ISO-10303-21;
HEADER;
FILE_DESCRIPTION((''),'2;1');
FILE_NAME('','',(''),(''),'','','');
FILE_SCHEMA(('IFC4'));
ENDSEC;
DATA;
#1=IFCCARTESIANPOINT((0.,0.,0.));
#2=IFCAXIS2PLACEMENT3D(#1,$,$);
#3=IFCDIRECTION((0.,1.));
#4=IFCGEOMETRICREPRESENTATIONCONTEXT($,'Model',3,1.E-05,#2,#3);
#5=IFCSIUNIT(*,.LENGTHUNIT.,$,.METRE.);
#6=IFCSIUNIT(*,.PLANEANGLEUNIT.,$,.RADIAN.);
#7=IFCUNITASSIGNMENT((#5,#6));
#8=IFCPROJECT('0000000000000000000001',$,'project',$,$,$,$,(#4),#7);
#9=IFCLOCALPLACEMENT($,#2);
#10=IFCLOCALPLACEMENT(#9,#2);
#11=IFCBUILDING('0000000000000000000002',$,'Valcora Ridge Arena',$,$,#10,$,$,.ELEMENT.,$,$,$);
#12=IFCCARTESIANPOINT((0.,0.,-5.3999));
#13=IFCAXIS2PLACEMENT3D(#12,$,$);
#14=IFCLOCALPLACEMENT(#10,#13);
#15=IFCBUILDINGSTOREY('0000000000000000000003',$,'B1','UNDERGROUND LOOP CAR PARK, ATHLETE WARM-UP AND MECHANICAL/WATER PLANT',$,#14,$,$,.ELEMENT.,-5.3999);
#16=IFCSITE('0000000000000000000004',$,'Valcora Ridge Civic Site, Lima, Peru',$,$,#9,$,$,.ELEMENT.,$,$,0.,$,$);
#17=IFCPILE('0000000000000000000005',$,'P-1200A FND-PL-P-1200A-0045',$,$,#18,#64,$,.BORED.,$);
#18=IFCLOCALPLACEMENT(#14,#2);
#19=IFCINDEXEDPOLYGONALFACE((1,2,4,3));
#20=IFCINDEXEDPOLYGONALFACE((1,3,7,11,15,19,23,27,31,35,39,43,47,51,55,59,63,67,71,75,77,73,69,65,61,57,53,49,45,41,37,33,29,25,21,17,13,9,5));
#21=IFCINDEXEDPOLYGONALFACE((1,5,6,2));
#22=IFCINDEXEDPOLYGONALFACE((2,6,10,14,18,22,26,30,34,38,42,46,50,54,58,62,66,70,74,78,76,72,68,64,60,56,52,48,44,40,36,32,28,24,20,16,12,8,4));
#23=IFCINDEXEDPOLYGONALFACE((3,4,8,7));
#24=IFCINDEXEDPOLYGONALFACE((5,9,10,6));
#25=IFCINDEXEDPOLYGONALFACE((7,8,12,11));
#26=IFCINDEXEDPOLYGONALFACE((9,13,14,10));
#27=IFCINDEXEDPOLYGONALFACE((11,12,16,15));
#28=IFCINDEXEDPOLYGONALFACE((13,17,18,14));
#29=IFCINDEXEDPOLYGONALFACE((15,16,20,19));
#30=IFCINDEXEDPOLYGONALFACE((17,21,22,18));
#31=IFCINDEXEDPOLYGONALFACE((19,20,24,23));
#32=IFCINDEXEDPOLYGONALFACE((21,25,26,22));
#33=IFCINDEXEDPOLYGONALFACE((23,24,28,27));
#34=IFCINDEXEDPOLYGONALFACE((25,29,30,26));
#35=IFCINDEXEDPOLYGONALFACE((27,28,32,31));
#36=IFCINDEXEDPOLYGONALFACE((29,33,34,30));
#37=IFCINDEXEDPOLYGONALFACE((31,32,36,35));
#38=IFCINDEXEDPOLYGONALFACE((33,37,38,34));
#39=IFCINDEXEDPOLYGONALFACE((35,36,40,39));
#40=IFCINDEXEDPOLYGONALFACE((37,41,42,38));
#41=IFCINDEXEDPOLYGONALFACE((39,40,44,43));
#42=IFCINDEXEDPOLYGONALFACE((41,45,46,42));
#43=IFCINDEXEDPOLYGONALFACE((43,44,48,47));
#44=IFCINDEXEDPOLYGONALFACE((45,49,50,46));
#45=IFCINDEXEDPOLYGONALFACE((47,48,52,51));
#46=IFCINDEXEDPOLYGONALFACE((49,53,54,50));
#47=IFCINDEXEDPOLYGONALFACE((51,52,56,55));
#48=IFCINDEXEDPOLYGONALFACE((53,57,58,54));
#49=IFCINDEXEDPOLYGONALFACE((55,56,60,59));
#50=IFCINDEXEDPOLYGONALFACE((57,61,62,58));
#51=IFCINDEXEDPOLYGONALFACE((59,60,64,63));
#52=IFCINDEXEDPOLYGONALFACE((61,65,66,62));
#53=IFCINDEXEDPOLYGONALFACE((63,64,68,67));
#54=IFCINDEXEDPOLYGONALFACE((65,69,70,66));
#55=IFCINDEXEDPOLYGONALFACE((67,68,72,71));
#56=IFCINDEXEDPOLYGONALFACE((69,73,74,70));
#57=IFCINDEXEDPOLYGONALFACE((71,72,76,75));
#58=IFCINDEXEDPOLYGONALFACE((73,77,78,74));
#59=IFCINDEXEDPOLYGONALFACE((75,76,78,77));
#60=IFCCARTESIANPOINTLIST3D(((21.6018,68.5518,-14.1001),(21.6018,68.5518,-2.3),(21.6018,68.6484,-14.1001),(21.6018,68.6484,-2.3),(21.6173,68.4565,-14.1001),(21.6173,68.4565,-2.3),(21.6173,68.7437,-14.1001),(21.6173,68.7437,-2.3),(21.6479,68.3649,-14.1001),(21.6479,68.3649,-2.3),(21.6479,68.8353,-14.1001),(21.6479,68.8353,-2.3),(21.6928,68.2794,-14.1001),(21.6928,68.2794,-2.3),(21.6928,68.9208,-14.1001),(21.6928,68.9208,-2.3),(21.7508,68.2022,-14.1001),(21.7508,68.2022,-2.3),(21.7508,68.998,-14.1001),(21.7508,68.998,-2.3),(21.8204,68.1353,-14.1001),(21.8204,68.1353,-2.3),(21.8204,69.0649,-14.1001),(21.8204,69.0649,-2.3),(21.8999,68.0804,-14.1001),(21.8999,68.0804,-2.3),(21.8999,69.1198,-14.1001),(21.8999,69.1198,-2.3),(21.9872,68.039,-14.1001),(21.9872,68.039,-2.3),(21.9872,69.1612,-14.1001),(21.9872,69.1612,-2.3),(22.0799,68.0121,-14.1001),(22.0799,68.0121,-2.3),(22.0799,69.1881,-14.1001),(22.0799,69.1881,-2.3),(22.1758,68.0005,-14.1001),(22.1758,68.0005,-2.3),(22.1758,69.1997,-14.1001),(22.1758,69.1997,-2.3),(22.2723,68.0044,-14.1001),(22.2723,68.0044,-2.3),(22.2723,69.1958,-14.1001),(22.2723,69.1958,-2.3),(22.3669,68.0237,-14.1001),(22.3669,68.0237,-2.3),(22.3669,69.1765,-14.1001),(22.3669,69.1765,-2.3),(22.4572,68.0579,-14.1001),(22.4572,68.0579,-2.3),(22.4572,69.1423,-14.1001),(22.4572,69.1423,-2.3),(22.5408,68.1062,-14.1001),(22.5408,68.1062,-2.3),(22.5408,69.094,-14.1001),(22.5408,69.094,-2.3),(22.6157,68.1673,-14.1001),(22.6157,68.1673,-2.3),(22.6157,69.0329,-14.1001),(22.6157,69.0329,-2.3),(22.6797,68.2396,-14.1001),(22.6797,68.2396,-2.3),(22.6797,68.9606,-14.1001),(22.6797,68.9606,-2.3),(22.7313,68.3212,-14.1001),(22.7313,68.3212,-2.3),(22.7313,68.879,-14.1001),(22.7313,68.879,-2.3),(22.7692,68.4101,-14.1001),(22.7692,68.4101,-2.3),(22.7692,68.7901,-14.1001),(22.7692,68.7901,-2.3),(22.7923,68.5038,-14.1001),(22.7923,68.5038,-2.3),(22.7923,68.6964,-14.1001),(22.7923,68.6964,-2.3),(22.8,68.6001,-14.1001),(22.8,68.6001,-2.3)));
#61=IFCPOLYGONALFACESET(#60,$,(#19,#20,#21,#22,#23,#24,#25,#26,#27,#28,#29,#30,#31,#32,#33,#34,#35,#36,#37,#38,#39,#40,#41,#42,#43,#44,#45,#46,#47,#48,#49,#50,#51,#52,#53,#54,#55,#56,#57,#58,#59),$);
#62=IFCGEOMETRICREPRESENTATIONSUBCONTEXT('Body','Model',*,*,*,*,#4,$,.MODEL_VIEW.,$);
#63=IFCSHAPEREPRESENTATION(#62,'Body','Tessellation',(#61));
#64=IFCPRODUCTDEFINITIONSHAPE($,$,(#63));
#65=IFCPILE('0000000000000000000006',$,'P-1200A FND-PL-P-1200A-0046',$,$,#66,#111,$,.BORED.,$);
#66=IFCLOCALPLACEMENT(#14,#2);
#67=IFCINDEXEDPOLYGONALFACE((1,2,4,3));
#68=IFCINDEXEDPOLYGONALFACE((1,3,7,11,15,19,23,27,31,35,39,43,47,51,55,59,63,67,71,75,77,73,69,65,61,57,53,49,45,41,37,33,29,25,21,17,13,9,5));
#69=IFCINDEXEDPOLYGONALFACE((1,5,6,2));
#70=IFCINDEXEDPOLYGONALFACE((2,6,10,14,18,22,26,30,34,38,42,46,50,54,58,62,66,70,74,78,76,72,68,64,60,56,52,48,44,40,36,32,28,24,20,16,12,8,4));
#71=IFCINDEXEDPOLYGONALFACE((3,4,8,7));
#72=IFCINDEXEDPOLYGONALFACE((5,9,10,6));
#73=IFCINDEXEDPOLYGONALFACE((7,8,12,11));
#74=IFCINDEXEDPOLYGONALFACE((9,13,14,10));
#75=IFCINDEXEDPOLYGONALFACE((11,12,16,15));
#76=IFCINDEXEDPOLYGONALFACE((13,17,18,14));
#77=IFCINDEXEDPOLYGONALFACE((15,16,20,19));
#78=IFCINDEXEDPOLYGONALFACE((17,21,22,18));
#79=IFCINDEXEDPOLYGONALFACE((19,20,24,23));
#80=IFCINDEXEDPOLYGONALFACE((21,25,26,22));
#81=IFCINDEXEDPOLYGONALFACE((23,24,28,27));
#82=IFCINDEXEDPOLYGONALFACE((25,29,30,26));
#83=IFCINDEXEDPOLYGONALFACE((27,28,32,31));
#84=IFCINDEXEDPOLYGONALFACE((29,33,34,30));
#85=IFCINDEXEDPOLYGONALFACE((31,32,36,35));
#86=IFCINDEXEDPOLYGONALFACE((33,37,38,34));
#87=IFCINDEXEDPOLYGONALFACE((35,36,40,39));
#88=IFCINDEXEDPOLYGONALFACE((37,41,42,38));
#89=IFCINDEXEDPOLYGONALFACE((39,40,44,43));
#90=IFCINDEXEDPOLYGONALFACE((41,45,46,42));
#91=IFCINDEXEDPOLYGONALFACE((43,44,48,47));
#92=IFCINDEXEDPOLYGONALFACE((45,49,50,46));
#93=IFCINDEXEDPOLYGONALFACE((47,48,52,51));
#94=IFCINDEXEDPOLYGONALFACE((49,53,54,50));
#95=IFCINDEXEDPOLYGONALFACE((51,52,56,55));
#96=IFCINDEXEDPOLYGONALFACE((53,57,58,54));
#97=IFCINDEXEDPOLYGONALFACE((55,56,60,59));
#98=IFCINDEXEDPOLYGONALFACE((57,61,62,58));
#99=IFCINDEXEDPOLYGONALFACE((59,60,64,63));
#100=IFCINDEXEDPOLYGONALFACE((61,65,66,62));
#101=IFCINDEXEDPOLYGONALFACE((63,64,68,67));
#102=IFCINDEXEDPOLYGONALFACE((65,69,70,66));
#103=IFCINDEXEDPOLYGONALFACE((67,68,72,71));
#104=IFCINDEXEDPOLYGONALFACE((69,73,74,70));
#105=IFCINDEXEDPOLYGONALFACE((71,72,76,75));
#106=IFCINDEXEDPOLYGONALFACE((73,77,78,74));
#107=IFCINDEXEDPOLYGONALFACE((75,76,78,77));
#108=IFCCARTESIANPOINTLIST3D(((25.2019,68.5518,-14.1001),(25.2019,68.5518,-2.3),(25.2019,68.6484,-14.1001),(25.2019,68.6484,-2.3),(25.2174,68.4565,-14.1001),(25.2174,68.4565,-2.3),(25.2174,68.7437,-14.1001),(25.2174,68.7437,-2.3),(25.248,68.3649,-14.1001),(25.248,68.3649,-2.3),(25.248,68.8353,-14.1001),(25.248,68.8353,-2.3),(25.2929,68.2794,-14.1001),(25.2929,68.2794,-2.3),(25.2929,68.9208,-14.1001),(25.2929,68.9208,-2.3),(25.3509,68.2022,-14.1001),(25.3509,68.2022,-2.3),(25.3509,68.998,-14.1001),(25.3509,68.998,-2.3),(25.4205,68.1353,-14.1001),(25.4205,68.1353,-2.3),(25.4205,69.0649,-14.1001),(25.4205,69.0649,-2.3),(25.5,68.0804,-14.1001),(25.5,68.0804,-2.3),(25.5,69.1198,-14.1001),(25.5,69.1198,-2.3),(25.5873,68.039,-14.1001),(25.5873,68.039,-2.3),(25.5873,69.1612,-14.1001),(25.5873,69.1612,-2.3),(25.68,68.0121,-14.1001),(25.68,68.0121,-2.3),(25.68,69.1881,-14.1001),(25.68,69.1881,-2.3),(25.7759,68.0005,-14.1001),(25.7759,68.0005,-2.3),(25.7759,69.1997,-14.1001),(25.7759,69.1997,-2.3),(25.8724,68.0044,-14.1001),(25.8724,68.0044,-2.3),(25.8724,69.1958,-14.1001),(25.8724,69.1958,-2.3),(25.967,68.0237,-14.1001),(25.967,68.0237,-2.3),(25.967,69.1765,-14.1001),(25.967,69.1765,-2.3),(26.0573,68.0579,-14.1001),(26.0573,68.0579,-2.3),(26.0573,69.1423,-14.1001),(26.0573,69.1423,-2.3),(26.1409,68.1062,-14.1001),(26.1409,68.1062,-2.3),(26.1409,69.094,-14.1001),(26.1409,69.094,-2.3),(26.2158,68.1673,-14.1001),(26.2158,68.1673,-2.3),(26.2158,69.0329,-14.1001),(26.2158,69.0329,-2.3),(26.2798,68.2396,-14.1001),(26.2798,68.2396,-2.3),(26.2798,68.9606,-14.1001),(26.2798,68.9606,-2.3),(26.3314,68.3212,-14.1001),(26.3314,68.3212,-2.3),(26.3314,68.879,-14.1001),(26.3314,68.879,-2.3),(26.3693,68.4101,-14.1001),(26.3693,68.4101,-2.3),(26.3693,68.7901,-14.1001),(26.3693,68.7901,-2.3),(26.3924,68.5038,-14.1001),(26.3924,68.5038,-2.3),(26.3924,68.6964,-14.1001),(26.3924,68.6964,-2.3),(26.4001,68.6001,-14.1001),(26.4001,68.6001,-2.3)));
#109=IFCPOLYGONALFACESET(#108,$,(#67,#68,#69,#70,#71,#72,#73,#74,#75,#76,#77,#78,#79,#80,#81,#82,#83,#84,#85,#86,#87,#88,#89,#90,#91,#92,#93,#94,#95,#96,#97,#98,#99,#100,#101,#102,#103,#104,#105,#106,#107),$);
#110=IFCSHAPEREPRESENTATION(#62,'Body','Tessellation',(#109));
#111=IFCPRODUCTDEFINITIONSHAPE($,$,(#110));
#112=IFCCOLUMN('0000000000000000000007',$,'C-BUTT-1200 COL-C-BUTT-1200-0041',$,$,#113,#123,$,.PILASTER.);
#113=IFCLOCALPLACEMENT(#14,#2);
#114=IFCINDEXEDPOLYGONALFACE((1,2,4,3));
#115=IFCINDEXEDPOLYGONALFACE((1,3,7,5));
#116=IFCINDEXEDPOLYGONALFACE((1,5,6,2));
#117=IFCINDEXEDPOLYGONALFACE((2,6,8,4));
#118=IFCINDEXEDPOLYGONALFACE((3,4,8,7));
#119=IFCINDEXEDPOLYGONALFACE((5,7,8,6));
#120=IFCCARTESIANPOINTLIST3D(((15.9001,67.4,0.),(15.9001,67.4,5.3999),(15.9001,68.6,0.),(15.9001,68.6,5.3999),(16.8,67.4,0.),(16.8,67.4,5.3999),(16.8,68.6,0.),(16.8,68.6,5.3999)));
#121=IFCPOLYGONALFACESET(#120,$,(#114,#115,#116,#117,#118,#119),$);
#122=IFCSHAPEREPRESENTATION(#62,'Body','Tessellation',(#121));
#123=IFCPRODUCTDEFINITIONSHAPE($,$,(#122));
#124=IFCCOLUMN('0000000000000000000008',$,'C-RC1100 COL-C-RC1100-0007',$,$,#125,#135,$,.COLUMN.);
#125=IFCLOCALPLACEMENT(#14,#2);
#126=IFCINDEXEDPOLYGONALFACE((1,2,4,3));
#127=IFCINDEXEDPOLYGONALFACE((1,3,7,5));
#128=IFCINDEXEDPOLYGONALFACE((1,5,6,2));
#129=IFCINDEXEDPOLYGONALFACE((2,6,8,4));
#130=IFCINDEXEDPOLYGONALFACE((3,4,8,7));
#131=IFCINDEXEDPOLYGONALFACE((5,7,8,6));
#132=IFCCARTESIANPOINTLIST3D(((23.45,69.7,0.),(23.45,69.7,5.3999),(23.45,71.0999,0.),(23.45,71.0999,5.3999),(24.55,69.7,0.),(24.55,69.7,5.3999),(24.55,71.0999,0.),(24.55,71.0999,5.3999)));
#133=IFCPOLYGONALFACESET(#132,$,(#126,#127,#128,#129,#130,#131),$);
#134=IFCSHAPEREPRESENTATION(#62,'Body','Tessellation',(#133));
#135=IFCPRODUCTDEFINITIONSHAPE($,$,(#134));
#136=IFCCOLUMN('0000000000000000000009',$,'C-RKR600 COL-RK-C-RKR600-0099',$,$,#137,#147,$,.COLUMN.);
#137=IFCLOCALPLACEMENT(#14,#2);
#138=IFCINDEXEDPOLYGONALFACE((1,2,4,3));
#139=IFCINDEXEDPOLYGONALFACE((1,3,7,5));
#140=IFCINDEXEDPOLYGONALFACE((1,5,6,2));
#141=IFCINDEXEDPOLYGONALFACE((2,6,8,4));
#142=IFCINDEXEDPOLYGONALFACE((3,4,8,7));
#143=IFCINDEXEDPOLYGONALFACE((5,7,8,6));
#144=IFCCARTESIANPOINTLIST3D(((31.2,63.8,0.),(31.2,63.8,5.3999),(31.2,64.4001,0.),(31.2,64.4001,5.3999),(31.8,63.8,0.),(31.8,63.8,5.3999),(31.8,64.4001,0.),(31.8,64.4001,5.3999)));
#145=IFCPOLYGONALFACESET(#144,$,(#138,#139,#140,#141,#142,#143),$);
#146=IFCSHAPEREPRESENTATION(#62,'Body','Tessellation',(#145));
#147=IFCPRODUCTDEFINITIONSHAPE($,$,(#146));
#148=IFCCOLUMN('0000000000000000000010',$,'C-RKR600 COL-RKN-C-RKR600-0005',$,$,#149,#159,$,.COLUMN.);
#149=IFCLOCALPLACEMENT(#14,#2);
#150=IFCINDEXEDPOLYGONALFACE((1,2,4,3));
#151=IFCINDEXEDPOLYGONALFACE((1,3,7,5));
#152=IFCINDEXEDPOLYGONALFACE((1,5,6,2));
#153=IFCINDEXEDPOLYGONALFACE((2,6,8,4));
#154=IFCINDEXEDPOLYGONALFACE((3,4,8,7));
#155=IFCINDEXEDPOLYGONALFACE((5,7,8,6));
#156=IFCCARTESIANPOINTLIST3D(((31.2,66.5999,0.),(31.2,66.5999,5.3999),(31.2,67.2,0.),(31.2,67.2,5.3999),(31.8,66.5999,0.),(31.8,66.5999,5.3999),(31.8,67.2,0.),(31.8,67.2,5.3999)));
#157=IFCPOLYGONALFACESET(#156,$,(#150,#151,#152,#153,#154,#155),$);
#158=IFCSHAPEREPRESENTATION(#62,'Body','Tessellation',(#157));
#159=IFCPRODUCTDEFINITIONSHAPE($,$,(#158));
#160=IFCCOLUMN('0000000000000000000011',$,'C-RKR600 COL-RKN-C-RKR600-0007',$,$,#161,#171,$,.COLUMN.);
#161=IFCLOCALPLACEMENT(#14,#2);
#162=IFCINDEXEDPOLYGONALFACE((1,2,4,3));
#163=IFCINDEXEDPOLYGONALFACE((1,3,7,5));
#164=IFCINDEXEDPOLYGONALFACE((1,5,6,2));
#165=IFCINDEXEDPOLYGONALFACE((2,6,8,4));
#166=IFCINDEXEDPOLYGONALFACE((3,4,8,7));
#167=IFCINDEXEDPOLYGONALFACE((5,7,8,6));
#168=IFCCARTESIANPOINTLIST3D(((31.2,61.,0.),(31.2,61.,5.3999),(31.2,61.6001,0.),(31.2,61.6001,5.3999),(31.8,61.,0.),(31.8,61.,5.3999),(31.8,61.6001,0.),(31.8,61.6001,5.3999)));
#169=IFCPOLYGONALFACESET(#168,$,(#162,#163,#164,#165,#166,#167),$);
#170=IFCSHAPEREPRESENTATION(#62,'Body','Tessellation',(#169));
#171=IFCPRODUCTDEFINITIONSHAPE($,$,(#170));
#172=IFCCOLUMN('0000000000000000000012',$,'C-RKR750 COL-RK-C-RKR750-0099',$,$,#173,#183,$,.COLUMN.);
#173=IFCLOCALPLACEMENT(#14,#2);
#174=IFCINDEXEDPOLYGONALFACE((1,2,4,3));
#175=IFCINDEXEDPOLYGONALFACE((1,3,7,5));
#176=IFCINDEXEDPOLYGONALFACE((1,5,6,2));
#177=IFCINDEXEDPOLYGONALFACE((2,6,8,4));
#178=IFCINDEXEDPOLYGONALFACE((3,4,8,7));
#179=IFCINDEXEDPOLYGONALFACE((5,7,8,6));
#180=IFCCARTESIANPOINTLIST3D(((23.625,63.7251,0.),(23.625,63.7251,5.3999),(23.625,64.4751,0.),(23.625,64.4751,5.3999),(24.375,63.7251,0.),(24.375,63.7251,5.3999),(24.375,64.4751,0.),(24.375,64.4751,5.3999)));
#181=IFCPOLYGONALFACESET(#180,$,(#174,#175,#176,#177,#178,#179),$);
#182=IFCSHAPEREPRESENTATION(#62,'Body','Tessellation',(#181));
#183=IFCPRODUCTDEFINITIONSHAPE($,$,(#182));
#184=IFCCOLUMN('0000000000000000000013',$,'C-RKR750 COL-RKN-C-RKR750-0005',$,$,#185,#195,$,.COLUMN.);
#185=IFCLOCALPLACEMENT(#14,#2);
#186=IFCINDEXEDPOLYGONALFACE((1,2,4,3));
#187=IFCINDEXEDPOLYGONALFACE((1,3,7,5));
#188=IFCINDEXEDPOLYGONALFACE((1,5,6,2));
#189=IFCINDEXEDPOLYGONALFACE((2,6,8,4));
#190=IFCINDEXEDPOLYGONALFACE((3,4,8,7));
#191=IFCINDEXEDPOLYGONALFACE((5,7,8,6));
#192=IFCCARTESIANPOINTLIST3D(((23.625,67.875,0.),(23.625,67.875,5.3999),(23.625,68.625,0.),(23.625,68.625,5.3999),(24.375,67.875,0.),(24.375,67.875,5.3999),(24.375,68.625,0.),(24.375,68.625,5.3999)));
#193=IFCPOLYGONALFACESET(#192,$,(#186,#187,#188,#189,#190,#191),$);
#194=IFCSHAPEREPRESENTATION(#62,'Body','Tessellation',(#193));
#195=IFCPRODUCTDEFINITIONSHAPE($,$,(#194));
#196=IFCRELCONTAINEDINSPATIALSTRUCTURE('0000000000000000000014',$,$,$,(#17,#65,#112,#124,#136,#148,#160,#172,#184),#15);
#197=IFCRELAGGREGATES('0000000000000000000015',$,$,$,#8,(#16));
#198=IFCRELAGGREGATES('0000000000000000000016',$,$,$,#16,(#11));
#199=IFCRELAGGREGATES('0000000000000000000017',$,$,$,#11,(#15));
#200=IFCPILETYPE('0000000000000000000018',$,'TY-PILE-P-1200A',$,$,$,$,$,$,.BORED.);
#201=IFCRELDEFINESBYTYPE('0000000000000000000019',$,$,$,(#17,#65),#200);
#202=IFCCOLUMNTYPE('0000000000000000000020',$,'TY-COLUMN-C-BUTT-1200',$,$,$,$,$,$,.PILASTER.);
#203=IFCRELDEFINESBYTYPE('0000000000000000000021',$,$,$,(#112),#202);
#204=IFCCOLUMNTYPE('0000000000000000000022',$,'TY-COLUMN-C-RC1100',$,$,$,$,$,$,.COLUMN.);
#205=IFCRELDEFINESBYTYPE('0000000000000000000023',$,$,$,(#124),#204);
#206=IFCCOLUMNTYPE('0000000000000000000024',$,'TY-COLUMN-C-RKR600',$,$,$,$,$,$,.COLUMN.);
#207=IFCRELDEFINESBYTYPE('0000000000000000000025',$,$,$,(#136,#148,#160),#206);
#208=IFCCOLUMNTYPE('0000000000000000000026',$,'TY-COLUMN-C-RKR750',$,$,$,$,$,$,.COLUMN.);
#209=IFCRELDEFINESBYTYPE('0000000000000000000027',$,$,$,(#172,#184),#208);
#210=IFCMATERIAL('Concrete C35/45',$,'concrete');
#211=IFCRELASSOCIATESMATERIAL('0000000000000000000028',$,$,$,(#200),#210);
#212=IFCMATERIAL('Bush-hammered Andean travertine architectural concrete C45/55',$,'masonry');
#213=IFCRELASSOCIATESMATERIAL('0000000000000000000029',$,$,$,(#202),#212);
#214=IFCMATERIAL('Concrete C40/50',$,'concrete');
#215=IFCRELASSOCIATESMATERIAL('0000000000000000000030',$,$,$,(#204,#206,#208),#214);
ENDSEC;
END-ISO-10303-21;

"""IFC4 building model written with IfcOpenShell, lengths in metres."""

from ifc_helpers import new_model, si_unit, direction, frame, origin, origin_2d, place, context, subcontext, project, spatial, rectangle, circle, extrude, material, material_profile, profile_set, type_object, element, save


model = new_model("IFC4")

# Units and contexts
model_context = context("Model", 3, precision=1e-05, world=origin(), true_north=direction((0.0, 1.0)))
body_context = subcontext(model_context, "Body", "Model", "MODEL_VIEW")
ifc_project = project(units=[si_unit("LENGTHUNIT", "METRE"), si_unit("PLANEANGLEUNIT", "RADIAN")], contexts=[model_context])

# Site, building, storey
site_placement = place(None, origin())
site = spatial("IfcSite", under=ifc_project, at=site_placement, Name="Valcora Ridge Civic Site, Lima, Peru", CompositionType="ELEMENT", RefElevation=0.0)
building_placement = place(site_placement, origin())
building = spatial("IfcBuilding", under=site, at=building_placement, Name="Valcora Ridge Arena", CompositionType="ELEMENT")
storey_placement = place(building_placement, frame((0.0, 0.0, -5.3999)))
storey = spatial("IfcBuildingStorey", under=building, at=storey_placement, Name="B1", Description="UNDERGROUND LOOP CAR PARK, ATHLETE WARM-UP AND MECHANICAL/WATER PLANT", CompositionType="ELEMENT", Elevation=-5.3999)

# Shared definitions
ifc_material_1 = material(Name="Concrete C40/50", Category="concrete")

# Piles
ifc_material_2 = material(Name="Concrete C35/45", Category="concrete")
ifc_material_profile_1 = material_profile(ifc_material_2, circle(Radius=0.6001, at=origin_2d()), Name="BORED PILE D1200")
ifc_profile_set_1 = profile_set([ifc_material_profile_1], Name="Concrete C35/45")
pile_type_1 = type_object("IfcPileType", Name="TY-PILE-P-1200A", PredefinedType="BORED", material=ifc_profile_set_1)
for number, where, z_axis, x_axis, name in (
    (1, (22.2, 68.6001, -2.3), (0.0, 0.0, -1.0), (1.0, 0.0, 0.0), "P-1200A FND-PL-P-1200A-0045"),
    (2, (25.8, 68.6001, -2.3), (0.0, 0.0, -1.0), (1.0, 0.0, 0.0), "P-1200A FND-PL-P-1200A-0046"),
):
    element("IfcPile", number, at=place(storey_placement, frame(where, z_axis=z_axis, x_axis=x_axis)), inside=storey, type_object=pile_type_1, Name=name, PredefinedType="BORED", context=body_context, shape_type="SweptSolid", body=[
        extrude(circle(Radius=0.6001, at=origin_2d()), origin(), (0.0, 0.0, 1.0), 11.8),
    ])

# Columns
ifc_material_3 = material(Name="Bush-hammered Andean travertine architectural concrete C45/55", Category="masonry")
ifc_material_profile_2 = material_profile(ifc_material_3, rectangle(XDim=0.8999, YDim=1.2, at=origin_2d()), Name="RC 900x1200")
ifc_profile_set_2 = profile_set([ifc_material_profile_2], Name="Bush-hammered Andean travertine architectural concrete C45/55")
column_type_1 = type_object("IfcColumnType", Name="TY-COLUMN-C-BUTT-1200", PredefinedType="PILASTER", material=ifc_profile_set_2)
column_1_placement = place(storey_placement, frame((16.3501, 68.0, 0.0), z_axis=(0.0, 0.0, 1.0), x_axis=(1.0, 0.0, 0.0)))
element("IfcColumn", 3, at=column_1_placement, inside=storey, type_object=column_type_1, Name="C-BUTT-1200 COL-C-BUTT-1200-0041", PredefinedType="PILASTER", context=body_context, shape_type="SweptSolid", body=[
    extrude(rectangle(XDim=0.8999, YDim=1.2, at=origin_2d()), origin(), (0.0, 0.0, 1.0), 5.3999),
])
ifc_material_profile_3 = material_profile(ifc_material_1, rectangle(XDim=1.1001, YDim=1.3999, at=origin_2d()), Name="RC 1100x1400")
ifc_profile_set_3 = profile_set([ifc_material_profile_3], Name="Concrete C40/50")
column_type_2 = type_object("IfcColumnType", Name="TY-COLUMN-C-RC1100", PredefinedType="COLUMN", material=ifc_profile_set_3)
column_2_placement = place(storey_placement, frame((24.0, 70.3999, 0.0), z_axis=(0.0, 0.0, 1.0), x_axis=(1.0, 0.0, 0.0)))
element("IfcColumn", 4, at=column_2_placement, inside=storey, type_object=column_type_2, Name="C-RC1100 COL-C-RC1100-0007", PredefinedType="COLUMN", context=body_context, shape_type="SweptSolid", body=[
    extrude(rectangle(XDim=1.1001, YDim=1.3999, at=origin_2d()), origin(), (0.0, 0.0, 1.0), 5.3999),
])
ifc_material_profile_4 = material_profile(ifc_material_1, rectangle(XDim=0.6001, YDim=0.6001, at=origin_2d()), Name="RC 600x600")
ifc_profile_set_4 = profile_set([ifc_material_profile_4], Name="Concrete C40/50")
column_type_3 = type_object("IfcColumnType", Name="TY-COLUMN-C-RKR600", PredefinedType="COLUMN", material=ifc_profile_set_4)
for number, where, z_axis, x_axis, name in (
    (5, (31.5, 64.1001, 0.0), (0.0, 0.0, 1.0), (1.0, 0.0, 0.0), "C-RKR600 COL-RK-C-RKR600-0099"),
    (6, (31.5, 66.8999, 0.0), (0.0, 0.0, 1.0), (1.0, 0.0, 0.0), "C-RKR600 COL-RKN-C-RKR600-0005"),
    (7, (31.5, 61.3, 0.0), (0.0, 0.0, 1.0), (1.0, 0.0, 0.0), "C-RKR600 COL-RKN-C-RKR600-0007"),
):
    element("IfcColumn", number, at=place(storey_placement, frame(where, z_axis=z_axis, x_axis=x_axis)), inside=storey, type_object=column_type_3, Name=name, PredefinedType="COLUMN", context=body_context, shape_type="SweptSolid", body=[
        extrude(rectangle(XDim=0.6001, YDim=0.6001, at=origin_2d()), origin(), (0.0, 0.0, 1.0), 5.3999),
    ])
ifc_material_profile_5 = material_profile(ifc_material_1, rectangle(XDim=0.75, YDim=0.75, at=origin_2d()), Name="RC 750x750")
ifc_profile_set_5 = profile_set([ifc_material_profile_5], Name="Concrete C40/50")
column_type_4 = type_object("IfcColumnType", Name="TY-COLUMN-C-RKR750", PredefinedType="COLUMN", material=ifc_profile_set_5)
for number, where, z_axis, x_axis, name in (
    (8, (24.0, 64.1001, 0.0), (0.0, 0.0, 1.0), (1.0, 0.0, 0.0), "C-RKR750 COL-RK-C-RKR750-0099"),
    (9, (24.0, 68.25, 0.0), (0.0, 0.0, 1.0), (1.0, 0.0, 0.0), "C-RKR750 COL-RKN-C-RKR750-0005"),
):
    element("IfcColumn", number, at=place(storey_placement, frame(where, z_axis=z_axis, x_axis=x_axis)), inside=storey, type_object=column_type_4, Name=name, PredefinedType="COLUMN", context=body_context, shape_type="SweptSolid", body=[
        extrude(rectangle(XDim=0.75, YDim=0.75, at=origin_2d()), origin(), (0.0, 0.0, 1.0), 5.3999),
    ])

save(model, "model.ifc")
